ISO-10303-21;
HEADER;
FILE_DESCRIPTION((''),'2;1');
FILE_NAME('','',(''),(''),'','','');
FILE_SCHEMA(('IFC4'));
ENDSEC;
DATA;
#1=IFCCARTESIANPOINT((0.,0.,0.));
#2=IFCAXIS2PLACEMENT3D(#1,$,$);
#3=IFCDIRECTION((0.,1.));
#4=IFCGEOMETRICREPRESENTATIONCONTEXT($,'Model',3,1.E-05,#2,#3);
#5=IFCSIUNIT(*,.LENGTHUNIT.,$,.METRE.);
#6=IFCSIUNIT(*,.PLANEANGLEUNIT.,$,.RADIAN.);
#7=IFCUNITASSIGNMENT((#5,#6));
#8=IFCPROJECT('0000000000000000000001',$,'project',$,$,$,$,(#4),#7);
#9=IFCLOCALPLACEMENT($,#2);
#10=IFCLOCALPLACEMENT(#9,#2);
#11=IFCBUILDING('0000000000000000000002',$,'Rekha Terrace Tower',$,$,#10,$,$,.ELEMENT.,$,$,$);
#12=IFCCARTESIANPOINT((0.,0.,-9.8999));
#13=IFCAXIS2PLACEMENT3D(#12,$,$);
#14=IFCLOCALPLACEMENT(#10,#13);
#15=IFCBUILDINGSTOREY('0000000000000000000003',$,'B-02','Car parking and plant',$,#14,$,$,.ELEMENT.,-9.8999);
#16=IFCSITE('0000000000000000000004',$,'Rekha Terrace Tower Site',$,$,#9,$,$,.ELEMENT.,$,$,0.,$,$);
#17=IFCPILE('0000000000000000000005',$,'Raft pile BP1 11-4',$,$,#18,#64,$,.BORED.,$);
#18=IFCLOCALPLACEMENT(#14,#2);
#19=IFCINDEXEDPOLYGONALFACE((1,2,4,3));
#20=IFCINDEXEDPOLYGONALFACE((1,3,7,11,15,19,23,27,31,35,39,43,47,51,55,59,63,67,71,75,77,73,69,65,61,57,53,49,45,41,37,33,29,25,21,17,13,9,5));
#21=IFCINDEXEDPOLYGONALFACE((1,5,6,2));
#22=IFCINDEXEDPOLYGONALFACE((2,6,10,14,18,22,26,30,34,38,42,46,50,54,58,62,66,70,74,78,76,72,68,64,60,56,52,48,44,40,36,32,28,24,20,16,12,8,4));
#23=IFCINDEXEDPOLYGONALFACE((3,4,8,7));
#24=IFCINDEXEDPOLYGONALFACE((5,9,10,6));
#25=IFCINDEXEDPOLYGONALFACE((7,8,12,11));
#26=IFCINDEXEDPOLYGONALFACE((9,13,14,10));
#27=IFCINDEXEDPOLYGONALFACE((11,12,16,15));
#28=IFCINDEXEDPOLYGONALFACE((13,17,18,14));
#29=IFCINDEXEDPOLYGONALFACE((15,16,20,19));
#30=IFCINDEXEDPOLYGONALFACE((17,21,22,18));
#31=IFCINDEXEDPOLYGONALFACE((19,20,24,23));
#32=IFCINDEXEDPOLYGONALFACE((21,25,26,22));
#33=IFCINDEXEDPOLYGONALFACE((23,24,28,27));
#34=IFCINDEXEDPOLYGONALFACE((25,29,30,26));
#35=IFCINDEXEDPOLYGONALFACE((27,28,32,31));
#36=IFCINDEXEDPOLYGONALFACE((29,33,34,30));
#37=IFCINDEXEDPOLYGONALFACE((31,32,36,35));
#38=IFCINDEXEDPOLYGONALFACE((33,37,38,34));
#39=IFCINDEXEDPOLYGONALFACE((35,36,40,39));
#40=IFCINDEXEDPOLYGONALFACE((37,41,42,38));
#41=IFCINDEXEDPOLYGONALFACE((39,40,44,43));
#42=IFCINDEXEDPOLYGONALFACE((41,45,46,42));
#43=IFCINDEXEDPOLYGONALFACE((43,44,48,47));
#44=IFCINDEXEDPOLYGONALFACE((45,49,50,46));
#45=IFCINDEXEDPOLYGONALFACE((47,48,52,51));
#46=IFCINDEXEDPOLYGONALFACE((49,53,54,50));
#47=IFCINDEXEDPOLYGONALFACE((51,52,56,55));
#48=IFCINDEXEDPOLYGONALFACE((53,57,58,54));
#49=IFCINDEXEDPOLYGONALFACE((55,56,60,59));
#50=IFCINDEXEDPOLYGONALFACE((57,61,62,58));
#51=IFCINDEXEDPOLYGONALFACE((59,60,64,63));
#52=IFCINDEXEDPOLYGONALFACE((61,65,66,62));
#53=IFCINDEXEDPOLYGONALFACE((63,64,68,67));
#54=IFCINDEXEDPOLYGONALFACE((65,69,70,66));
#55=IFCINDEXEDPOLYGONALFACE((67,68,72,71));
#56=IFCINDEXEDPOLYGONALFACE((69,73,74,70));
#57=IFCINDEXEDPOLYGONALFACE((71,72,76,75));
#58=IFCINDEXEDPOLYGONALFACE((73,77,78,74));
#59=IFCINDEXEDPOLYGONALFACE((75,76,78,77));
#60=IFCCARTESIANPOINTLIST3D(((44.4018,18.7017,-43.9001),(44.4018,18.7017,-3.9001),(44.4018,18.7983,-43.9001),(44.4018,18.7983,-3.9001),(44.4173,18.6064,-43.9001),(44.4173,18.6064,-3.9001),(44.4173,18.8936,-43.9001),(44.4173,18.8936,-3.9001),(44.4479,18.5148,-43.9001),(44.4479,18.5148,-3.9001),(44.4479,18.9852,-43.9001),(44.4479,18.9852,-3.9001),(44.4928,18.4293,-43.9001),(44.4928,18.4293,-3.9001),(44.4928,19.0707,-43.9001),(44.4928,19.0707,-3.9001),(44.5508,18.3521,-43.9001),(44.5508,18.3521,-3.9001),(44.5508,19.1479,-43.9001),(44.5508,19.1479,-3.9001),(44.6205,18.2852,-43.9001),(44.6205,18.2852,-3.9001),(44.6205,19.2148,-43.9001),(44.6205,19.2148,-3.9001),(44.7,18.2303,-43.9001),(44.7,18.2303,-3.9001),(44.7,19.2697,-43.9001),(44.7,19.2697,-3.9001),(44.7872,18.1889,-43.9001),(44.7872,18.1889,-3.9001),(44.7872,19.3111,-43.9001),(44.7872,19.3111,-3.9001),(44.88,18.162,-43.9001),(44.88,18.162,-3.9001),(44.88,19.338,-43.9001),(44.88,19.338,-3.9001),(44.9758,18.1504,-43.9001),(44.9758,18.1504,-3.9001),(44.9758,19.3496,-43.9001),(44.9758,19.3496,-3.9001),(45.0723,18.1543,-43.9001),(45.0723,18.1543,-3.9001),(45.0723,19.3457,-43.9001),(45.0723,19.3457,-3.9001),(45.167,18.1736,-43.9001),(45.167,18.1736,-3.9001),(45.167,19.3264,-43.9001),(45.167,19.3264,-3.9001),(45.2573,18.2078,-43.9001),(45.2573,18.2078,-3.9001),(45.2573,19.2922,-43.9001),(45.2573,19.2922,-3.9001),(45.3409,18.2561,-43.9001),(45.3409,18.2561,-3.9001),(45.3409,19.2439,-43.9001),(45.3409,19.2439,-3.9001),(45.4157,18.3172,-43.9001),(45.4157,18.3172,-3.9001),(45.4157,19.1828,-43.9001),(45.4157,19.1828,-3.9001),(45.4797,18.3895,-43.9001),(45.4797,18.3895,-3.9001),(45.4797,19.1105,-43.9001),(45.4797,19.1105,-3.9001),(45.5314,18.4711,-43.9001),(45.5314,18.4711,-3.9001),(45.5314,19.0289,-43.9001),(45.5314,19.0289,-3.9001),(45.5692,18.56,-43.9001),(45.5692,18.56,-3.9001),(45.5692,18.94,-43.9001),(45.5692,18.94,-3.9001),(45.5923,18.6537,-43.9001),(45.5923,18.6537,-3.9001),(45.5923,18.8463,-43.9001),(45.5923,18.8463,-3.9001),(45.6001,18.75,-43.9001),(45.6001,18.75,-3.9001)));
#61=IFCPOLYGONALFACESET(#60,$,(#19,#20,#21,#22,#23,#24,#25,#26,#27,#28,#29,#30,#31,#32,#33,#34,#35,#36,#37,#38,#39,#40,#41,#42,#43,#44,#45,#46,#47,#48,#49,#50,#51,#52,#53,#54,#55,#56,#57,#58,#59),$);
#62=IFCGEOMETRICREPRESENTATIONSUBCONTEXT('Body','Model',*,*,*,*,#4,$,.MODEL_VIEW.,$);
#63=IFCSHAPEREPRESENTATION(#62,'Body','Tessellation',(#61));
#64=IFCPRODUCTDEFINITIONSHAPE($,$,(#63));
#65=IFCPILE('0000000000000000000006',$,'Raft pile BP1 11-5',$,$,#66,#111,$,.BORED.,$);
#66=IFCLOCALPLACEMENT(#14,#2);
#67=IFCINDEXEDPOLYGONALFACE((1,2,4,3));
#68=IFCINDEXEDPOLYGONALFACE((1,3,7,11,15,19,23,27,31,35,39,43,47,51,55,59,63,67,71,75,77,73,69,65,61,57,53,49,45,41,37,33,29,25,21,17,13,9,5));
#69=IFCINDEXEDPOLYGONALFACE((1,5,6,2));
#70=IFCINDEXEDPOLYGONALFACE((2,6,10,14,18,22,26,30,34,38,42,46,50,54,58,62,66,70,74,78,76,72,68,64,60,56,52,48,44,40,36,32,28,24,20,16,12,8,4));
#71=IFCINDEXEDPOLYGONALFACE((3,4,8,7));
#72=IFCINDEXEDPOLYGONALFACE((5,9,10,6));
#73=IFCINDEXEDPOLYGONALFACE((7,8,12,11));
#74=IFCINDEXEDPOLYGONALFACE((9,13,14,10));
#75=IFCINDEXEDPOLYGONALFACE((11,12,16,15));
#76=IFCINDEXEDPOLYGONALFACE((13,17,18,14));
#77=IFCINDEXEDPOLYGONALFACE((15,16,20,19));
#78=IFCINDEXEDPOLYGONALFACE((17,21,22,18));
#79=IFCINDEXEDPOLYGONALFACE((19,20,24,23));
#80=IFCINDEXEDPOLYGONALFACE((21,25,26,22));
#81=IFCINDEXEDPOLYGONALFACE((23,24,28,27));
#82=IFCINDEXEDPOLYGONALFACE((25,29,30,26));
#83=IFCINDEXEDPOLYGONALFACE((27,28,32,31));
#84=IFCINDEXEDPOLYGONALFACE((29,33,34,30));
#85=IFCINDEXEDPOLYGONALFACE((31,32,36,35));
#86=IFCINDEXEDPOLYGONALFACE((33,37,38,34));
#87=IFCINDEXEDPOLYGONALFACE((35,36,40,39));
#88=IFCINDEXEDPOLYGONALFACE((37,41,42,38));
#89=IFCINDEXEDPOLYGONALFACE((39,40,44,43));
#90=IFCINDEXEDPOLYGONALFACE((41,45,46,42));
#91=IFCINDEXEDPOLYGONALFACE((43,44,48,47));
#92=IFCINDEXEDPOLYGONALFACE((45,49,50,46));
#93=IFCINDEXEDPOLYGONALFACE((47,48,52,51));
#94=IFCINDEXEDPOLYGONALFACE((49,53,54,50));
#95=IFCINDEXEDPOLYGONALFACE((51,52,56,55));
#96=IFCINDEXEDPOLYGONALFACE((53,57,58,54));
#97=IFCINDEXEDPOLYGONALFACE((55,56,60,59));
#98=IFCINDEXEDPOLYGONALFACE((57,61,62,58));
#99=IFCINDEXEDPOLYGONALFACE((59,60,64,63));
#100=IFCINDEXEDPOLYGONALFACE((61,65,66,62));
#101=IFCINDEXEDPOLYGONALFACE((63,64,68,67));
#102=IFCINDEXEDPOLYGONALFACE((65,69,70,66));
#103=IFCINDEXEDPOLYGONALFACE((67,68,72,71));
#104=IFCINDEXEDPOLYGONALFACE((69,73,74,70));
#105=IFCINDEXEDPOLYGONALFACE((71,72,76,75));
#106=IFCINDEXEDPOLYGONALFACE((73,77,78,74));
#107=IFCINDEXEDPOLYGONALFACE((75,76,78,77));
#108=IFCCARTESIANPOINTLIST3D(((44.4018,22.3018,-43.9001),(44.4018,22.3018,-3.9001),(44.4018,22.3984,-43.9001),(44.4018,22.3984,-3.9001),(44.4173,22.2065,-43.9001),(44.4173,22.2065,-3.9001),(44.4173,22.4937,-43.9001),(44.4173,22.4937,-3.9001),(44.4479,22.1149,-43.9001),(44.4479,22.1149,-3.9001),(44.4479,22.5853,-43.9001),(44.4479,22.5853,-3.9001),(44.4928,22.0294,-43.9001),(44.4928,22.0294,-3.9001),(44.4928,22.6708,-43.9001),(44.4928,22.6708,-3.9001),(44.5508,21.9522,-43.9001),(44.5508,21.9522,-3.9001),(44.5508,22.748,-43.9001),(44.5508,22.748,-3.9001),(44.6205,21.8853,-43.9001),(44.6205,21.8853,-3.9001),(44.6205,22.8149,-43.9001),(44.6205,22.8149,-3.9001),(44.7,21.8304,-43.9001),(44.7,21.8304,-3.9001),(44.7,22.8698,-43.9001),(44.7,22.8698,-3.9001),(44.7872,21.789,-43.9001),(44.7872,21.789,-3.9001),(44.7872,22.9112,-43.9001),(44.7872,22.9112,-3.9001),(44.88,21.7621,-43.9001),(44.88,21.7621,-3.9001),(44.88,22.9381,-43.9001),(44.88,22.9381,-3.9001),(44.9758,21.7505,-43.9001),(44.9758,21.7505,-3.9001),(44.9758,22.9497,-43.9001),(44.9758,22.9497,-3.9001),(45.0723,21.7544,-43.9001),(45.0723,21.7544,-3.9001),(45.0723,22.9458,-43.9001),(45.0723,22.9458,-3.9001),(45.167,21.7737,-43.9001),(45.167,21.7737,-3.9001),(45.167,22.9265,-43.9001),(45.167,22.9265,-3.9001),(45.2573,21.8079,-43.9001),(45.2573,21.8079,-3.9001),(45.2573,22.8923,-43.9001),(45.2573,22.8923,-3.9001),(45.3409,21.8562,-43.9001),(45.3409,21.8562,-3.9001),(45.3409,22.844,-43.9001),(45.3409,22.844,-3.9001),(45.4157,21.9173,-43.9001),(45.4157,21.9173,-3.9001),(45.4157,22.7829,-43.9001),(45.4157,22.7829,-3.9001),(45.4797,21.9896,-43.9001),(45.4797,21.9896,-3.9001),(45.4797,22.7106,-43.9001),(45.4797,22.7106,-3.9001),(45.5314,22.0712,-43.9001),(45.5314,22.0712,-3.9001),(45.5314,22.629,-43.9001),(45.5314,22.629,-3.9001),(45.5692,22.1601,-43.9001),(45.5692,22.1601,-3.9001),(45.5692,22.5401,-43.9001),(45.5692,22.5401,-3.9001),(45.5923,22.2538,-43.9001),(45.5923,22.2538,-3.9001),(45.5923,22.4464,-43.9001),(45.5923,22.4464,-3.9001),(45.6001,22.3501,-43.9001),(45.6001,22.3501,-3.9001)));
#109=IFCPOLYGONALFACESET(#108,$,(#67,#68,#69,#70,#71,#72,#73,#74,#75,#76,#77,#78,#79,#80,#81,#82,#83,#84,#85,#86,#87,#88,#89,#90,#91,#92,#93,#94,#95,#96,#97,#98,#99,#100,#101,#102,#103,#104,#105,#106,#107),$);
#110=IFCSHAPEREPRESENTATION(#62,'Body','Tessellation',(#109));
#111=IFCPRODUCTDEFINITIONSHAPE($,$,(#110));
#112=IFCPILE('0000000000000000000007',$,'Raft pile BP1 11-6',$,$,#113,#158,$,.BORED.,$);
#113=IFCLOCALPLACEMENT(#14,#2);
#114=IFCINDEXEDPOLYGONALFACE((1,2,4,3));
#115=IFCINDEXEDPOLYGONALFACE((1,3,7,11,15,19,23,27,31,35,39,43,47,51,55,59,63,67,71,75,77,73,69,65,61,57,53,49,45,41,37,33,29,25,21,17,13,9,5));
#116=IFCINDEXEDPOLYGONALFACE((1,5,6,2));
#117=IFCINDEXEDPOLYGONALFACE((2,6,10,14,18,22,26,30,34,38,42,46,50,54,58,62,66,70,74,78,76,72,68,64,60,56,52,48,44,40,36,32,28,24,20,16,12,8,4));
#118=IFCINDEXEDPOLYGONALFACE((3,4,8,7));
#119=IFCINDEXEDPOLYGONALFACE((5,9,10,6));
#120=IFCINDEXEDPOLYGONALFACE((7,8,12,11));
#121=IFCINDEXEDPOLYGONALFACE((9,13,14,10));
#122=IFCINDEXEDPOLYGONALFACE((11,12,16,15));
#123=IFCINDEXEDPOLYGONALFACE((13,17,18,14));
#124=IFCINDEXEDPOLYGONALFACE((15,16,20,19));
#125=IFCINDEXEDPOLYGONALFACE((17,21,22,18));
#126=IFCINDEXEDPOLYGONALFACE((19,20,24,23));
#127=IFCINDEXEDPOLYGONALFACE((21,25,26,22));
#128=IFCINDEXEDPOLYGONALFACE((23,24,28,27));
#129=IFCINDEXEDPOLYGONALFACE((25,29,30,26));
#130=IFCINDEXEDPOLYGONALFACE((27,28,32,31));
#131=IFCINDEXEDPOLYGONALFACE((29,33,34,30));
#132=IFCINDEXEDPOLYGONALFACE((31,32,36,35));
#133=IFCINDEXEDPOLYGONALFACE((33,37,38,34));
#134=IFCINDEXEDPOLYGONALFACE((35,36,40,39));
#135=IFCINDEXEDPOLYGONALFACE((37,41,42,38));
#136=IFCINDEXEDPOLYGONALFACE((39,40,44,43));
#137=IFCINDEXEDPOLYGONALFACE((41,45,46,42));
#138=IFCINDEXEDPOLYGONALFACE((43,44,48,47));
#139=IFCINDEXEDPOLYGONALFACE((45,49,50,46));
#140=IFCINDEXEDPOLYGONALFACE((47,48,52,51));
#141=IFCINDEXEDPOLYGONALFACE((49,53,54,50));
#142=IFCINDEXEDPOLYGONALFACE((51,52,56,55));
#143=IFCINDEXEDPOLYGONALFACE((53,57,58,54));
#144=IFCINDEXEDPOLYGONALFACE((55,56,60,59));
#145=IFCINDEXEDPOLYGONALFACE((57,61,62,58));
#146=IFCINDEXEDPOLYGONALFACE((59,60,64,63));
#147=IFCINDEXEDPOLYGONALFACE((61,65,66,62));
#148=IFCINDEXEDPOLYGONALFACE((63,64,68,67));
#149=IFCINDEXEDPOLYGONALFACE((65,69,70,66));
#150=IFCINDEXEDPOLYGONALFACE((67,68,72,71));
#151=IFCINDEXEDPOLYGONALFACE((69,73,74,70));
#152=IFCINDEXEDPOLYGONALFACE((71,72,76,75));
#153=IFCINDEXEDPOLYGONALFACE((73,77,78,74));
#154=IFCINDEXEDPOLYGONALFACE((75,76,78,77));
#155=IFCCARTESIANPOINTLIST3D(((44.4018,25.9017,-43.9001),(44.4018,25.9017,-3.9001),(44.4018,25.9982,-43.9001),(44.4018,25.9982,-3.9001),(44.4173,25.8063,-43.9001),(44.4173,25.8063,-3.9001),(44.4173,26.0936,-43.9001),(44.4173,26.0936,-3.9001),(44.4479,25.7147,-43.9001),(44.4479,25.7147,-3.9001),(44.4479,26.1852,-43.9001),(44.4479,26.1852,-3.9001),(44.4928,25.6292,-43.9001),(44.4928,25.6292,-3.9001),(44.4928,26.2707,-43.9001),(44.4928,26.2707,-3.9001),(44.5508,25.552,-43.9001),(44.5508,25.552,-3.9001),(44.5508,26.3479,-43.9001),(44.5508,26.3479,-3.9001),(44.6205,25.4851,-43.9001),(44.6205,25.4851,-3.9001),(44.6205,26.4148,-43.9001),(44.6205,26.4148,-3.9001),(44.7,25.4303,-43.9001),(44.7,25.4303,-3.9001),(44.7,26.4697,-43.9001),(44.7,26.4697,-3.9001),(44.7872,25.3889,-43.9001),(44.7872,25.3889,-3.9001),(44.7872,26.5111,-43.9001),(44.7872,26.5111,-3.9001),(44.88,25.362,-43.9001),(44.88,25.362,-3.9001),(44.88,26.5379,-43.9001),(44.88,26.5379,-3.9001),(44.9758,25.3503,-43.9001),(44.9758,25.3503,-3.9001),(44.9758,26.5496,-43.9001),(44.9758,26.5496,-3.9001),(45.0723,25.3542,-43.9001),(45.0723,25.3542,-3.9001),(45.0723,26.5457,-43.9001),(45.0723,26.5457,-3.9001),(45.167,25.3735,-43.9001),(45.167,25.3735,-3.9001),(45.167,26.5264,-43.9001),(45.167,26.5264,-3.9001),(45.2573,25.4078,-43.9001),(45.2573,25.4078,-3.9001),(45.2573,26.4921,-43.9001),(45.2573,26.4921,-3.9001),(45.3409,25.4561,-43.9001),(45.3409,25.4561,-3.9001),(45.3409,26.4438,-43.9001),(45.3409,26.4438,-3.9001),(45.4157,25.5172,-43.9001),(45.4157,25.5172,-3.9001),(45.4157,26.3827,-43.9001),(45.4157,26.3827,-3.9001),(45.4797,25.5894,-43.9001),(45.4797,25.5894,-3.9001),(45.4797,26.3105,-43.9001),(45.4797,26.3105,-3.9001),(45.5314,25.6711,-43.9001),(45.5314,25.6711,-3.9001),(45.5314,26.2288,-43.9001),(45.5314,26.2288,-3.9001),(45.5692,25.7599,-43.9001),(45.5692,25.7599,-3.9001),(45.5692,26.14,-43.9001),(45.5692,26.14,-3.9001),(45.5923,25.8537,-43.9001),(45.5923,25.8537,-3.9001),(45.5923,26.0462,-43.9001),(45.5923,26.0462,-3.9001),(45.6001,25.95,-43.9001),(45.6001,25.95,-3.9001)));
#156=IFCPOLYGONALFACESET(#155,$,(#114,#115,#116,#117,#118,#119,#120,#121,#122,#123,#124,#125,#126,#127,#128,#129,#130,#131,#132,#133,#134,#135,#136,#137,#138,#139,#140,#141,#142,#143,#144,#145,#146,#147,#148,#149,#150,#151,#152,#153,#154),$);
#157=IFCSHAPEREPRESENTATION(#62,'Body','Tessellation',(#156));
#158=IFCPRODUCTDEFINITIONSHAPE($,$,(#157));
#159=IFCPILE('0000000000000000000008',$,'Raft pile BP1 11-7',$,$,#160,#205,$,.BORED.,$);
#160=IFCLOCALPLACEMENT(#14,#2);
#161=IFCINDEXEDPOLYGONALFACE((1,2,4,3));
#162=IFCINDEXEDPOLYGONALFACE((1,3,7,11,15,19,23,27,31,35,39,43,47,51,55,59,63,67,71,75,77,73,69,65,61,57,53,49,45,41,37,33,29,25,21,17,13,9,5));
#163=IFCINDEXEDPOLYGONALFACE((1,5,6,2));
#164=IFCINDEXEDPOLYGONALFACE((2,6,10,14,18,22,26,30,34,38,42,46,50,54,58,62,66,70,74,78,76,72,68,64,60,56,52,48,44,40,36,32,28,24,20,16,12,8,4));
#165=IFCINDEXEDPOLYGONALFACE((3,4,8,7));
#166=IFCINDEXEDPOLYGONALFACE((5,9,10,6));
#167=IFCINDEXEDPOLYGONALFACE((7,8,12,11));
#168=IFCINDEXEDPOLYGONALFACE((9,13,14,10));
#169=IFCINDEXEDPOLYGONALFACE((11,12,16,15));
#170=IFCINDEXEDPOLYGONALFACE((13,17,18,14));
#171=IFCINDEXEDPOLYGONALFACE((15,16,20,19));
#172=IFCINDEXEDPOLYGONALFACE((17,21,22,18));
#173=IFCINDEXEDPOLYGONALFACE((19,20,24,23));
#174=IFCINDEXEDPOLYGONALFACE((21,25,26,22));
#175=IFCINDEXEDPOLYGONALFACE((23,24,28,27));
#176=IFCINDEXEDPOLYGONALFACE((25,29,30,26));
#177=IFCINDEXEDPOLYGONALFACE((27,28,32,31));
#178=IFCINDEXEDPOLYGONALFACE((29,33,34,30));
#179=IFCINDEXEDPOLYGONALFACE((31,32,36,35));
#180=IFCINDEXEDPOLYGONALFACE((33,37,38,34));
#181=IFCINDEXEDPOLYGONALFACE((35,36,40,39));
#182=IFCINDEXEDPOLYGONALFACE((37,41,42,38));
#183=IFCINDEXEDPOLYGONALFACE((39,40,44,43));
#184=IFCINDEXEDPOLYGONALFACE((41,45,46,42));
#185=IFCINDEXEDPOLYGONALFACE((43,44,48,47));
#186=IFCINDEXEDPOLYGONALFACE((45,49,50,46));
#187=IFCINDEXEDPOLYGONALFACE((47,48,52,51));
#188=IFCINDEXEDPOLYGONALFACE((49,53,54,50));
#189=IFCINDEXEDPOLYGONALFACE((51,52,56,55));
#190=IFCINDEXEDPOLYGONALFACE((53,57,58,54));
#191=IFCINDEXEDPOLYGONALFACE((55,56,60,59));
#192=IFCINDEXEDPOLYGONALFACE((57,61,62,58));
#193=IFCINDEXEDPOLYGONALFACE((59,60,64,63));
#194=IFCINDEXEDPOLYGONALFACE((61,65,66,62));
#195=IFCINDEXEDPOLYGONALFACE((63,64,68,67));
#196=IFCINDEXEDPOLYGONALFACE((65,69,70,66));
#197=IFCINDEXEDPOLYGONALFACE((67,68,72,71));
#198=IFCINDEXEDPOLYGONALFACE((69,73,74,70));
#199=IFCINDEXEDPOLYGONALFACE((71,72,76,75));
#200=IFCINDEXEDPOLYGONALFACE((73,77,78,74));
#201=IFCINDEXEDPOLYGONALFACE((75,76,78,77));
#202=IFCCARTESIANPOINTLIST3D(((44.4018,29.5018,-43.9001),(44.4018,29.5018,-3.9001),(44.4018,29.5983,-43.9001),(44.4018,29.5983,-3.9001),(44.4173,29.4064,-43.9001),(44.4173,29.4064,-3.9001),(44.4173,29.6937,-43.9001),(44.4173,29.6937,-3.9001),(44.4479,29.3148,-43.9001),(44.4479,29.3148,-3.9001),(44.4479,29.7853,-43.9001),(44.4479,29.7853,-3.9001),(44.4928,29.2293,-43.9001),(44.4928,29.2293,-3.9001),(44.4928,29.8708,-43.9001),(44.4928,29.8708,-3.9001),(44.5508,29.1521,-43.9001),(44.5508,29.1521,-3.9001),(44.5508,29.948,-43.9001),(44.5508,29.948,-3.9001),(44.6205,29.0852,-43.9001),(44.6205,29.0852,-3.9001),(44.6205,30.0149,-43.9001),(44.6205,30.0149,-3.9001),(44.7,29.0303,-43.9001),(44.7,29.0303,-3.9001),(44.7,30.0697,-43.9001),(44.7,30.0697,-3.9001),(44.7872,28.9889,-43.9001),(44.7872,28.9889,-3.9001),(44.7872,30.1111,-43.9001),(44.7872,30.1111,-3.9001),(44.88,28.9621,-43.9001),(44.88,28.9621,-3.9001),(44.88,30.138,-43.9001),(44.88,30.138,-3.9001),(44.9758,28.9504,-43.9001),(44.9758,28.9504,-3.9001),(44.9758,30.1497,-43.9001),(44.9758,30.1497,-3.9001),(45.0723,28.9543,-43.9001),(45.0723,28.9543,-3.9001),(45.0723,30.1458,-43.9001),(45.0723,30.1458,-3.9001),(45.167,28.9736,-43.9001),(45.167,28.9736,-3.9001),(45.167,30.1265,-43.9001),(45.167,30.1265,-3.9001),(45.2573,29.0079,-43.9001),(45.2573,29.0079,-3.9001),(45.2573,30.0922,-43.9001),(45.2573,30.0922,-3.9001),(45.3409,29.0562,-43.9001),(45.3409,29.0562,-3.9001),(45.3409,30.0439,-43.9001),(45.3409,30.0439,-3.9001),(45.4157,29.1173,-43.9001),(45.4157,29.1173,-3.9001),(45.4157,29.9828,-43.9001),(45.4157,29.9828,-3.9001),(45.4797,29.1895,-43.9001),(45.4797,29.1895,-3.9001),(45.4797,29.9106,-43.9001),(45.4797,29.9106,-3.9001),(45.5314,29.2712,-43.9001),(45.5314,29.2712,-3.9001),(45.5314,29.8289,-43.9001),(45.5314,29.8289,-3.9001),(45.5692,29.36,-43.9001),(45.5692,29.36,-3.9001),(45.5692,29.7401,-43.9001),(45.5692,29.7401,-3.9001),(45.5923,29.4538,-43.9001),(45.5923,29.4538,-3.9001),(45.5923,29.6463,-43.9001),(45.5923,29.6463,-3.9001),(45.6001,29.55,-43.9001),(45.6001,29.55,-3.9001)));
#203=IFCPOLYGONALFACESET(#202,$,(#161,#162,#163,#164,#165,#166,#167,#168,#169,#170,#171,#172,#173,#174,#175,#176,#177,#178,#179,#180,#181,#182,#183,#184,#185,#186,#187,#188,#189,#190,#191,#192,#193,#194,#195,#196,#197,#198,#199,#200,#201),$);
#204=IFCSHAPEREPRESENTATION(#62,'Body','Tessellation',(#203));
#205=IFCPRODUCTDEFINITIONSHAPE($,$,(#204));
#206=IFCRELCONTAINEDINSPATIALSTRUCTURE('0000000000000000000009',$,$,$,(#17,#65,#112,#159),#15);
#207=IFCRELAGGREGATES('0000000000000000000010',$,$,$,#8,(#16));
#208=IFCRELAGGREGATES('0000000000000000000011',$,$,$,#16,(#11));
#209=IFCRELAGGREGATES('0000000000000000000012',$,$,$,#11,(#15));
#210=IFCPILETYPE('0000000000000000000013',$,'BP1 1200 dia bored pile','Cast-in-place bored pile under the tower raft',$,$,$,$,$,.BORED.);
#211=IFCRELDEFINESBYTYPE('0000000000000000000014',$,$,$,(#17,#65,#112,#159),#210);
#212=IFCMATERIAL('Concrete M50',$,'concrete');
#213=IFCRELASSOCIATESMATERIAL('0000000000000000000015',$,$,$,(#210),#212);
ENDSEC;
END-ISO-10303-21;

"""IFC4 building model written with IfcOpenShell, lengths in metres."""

from ifc_helpers import new_model, si_unit, direction, frame, origin, origin_2d, place, context, subcontext, project, spatial, circle, extrude, material, type_object, element, save


model = new_model("IFC4")

# Units and contexts
model_context = context("Model", 3, precision=1e-05, world=origin(), true_north=direction((0.0, 1.0)))
body_context = subcontext(model_context, "Body", "Model", "MODEL_VIEW")
ifc_project = project(units=[si_unit("LENGTHUNIT", "METRE"), si_unit("PLANEANGLEUNIT", "RADIAN")], contexts=[model_context])

# Site, building, storey
site_placement = place(None, origin())
site = spatial("IfcSite", under=ifc_project, at=site_placement, Name="Rekha Terrace Tower Site", CompositionType="ELEMENT", RefElevation=0.0)
building_placement = place(site_placement, origin())
building = spatial("IfcBuilding", under=site, at=building_placement, Name="Rekha Terrace Tower", CompositionType="ELEMENT")
storey_placement = place(building_placement, frame((0.0, 0.0, -9.8999)))
storey = spatial("IfcBuildingStorey", under=building, at=storey_placement, Name="B-02", Description="Car parking and plant", CompositionType="ELEMENT", Elevation=-9.8999)

# Piles
ifc_material_1 = material(Name="Concrete M50", Category="concrete")
pile_type = type_object("IfcPileType", Name="BP1 1200 dia bored pile", Description="Cast-in-place bored pile under the tower raft", PredefinedType="BORED", material=ifc_material_1)
for number, where, z_axis, x_axis, name in (
    (1, (45.0, 18.75, -3.9001), (0.0, 0.0, -1.0), (1.0, 0.0, 0.0), "Raft pile BP1 11-4"),
    (2, (45.0, 22.3501, -3.9001), (0.0, 0.0, -1.0), (1.0, 0.0, 0.0), "Raft pile BP1 11-5"),
    (3, (45.0, 25.95, -3.9001), (0.0, 0.0, -1.0), (1.0, 0.0, 0.0), "Raft pile BP1 11-6"),
    (4, (45.0, 29.55, -3.9001), (0.0, 0.0, -1.0), (1.0, 0.0, 0.0), "Raft pile BP1 11-7"),
):
    element("IfcPile", number, at=place(storey_placement, frame(where, z_axis=z_axis, x_axis=x_axis)), inside=storey, type_object=pile_type, Name=name, PredefinedType="BORED", context=body_context, shape_type="SweptSolid", body=[
        extrude(circle(Radius=0.6001, at=origin_2d()), origin(), (0.0, 0.0, 1.0), 40.0),
    ])

save(model, "model.ifc")
